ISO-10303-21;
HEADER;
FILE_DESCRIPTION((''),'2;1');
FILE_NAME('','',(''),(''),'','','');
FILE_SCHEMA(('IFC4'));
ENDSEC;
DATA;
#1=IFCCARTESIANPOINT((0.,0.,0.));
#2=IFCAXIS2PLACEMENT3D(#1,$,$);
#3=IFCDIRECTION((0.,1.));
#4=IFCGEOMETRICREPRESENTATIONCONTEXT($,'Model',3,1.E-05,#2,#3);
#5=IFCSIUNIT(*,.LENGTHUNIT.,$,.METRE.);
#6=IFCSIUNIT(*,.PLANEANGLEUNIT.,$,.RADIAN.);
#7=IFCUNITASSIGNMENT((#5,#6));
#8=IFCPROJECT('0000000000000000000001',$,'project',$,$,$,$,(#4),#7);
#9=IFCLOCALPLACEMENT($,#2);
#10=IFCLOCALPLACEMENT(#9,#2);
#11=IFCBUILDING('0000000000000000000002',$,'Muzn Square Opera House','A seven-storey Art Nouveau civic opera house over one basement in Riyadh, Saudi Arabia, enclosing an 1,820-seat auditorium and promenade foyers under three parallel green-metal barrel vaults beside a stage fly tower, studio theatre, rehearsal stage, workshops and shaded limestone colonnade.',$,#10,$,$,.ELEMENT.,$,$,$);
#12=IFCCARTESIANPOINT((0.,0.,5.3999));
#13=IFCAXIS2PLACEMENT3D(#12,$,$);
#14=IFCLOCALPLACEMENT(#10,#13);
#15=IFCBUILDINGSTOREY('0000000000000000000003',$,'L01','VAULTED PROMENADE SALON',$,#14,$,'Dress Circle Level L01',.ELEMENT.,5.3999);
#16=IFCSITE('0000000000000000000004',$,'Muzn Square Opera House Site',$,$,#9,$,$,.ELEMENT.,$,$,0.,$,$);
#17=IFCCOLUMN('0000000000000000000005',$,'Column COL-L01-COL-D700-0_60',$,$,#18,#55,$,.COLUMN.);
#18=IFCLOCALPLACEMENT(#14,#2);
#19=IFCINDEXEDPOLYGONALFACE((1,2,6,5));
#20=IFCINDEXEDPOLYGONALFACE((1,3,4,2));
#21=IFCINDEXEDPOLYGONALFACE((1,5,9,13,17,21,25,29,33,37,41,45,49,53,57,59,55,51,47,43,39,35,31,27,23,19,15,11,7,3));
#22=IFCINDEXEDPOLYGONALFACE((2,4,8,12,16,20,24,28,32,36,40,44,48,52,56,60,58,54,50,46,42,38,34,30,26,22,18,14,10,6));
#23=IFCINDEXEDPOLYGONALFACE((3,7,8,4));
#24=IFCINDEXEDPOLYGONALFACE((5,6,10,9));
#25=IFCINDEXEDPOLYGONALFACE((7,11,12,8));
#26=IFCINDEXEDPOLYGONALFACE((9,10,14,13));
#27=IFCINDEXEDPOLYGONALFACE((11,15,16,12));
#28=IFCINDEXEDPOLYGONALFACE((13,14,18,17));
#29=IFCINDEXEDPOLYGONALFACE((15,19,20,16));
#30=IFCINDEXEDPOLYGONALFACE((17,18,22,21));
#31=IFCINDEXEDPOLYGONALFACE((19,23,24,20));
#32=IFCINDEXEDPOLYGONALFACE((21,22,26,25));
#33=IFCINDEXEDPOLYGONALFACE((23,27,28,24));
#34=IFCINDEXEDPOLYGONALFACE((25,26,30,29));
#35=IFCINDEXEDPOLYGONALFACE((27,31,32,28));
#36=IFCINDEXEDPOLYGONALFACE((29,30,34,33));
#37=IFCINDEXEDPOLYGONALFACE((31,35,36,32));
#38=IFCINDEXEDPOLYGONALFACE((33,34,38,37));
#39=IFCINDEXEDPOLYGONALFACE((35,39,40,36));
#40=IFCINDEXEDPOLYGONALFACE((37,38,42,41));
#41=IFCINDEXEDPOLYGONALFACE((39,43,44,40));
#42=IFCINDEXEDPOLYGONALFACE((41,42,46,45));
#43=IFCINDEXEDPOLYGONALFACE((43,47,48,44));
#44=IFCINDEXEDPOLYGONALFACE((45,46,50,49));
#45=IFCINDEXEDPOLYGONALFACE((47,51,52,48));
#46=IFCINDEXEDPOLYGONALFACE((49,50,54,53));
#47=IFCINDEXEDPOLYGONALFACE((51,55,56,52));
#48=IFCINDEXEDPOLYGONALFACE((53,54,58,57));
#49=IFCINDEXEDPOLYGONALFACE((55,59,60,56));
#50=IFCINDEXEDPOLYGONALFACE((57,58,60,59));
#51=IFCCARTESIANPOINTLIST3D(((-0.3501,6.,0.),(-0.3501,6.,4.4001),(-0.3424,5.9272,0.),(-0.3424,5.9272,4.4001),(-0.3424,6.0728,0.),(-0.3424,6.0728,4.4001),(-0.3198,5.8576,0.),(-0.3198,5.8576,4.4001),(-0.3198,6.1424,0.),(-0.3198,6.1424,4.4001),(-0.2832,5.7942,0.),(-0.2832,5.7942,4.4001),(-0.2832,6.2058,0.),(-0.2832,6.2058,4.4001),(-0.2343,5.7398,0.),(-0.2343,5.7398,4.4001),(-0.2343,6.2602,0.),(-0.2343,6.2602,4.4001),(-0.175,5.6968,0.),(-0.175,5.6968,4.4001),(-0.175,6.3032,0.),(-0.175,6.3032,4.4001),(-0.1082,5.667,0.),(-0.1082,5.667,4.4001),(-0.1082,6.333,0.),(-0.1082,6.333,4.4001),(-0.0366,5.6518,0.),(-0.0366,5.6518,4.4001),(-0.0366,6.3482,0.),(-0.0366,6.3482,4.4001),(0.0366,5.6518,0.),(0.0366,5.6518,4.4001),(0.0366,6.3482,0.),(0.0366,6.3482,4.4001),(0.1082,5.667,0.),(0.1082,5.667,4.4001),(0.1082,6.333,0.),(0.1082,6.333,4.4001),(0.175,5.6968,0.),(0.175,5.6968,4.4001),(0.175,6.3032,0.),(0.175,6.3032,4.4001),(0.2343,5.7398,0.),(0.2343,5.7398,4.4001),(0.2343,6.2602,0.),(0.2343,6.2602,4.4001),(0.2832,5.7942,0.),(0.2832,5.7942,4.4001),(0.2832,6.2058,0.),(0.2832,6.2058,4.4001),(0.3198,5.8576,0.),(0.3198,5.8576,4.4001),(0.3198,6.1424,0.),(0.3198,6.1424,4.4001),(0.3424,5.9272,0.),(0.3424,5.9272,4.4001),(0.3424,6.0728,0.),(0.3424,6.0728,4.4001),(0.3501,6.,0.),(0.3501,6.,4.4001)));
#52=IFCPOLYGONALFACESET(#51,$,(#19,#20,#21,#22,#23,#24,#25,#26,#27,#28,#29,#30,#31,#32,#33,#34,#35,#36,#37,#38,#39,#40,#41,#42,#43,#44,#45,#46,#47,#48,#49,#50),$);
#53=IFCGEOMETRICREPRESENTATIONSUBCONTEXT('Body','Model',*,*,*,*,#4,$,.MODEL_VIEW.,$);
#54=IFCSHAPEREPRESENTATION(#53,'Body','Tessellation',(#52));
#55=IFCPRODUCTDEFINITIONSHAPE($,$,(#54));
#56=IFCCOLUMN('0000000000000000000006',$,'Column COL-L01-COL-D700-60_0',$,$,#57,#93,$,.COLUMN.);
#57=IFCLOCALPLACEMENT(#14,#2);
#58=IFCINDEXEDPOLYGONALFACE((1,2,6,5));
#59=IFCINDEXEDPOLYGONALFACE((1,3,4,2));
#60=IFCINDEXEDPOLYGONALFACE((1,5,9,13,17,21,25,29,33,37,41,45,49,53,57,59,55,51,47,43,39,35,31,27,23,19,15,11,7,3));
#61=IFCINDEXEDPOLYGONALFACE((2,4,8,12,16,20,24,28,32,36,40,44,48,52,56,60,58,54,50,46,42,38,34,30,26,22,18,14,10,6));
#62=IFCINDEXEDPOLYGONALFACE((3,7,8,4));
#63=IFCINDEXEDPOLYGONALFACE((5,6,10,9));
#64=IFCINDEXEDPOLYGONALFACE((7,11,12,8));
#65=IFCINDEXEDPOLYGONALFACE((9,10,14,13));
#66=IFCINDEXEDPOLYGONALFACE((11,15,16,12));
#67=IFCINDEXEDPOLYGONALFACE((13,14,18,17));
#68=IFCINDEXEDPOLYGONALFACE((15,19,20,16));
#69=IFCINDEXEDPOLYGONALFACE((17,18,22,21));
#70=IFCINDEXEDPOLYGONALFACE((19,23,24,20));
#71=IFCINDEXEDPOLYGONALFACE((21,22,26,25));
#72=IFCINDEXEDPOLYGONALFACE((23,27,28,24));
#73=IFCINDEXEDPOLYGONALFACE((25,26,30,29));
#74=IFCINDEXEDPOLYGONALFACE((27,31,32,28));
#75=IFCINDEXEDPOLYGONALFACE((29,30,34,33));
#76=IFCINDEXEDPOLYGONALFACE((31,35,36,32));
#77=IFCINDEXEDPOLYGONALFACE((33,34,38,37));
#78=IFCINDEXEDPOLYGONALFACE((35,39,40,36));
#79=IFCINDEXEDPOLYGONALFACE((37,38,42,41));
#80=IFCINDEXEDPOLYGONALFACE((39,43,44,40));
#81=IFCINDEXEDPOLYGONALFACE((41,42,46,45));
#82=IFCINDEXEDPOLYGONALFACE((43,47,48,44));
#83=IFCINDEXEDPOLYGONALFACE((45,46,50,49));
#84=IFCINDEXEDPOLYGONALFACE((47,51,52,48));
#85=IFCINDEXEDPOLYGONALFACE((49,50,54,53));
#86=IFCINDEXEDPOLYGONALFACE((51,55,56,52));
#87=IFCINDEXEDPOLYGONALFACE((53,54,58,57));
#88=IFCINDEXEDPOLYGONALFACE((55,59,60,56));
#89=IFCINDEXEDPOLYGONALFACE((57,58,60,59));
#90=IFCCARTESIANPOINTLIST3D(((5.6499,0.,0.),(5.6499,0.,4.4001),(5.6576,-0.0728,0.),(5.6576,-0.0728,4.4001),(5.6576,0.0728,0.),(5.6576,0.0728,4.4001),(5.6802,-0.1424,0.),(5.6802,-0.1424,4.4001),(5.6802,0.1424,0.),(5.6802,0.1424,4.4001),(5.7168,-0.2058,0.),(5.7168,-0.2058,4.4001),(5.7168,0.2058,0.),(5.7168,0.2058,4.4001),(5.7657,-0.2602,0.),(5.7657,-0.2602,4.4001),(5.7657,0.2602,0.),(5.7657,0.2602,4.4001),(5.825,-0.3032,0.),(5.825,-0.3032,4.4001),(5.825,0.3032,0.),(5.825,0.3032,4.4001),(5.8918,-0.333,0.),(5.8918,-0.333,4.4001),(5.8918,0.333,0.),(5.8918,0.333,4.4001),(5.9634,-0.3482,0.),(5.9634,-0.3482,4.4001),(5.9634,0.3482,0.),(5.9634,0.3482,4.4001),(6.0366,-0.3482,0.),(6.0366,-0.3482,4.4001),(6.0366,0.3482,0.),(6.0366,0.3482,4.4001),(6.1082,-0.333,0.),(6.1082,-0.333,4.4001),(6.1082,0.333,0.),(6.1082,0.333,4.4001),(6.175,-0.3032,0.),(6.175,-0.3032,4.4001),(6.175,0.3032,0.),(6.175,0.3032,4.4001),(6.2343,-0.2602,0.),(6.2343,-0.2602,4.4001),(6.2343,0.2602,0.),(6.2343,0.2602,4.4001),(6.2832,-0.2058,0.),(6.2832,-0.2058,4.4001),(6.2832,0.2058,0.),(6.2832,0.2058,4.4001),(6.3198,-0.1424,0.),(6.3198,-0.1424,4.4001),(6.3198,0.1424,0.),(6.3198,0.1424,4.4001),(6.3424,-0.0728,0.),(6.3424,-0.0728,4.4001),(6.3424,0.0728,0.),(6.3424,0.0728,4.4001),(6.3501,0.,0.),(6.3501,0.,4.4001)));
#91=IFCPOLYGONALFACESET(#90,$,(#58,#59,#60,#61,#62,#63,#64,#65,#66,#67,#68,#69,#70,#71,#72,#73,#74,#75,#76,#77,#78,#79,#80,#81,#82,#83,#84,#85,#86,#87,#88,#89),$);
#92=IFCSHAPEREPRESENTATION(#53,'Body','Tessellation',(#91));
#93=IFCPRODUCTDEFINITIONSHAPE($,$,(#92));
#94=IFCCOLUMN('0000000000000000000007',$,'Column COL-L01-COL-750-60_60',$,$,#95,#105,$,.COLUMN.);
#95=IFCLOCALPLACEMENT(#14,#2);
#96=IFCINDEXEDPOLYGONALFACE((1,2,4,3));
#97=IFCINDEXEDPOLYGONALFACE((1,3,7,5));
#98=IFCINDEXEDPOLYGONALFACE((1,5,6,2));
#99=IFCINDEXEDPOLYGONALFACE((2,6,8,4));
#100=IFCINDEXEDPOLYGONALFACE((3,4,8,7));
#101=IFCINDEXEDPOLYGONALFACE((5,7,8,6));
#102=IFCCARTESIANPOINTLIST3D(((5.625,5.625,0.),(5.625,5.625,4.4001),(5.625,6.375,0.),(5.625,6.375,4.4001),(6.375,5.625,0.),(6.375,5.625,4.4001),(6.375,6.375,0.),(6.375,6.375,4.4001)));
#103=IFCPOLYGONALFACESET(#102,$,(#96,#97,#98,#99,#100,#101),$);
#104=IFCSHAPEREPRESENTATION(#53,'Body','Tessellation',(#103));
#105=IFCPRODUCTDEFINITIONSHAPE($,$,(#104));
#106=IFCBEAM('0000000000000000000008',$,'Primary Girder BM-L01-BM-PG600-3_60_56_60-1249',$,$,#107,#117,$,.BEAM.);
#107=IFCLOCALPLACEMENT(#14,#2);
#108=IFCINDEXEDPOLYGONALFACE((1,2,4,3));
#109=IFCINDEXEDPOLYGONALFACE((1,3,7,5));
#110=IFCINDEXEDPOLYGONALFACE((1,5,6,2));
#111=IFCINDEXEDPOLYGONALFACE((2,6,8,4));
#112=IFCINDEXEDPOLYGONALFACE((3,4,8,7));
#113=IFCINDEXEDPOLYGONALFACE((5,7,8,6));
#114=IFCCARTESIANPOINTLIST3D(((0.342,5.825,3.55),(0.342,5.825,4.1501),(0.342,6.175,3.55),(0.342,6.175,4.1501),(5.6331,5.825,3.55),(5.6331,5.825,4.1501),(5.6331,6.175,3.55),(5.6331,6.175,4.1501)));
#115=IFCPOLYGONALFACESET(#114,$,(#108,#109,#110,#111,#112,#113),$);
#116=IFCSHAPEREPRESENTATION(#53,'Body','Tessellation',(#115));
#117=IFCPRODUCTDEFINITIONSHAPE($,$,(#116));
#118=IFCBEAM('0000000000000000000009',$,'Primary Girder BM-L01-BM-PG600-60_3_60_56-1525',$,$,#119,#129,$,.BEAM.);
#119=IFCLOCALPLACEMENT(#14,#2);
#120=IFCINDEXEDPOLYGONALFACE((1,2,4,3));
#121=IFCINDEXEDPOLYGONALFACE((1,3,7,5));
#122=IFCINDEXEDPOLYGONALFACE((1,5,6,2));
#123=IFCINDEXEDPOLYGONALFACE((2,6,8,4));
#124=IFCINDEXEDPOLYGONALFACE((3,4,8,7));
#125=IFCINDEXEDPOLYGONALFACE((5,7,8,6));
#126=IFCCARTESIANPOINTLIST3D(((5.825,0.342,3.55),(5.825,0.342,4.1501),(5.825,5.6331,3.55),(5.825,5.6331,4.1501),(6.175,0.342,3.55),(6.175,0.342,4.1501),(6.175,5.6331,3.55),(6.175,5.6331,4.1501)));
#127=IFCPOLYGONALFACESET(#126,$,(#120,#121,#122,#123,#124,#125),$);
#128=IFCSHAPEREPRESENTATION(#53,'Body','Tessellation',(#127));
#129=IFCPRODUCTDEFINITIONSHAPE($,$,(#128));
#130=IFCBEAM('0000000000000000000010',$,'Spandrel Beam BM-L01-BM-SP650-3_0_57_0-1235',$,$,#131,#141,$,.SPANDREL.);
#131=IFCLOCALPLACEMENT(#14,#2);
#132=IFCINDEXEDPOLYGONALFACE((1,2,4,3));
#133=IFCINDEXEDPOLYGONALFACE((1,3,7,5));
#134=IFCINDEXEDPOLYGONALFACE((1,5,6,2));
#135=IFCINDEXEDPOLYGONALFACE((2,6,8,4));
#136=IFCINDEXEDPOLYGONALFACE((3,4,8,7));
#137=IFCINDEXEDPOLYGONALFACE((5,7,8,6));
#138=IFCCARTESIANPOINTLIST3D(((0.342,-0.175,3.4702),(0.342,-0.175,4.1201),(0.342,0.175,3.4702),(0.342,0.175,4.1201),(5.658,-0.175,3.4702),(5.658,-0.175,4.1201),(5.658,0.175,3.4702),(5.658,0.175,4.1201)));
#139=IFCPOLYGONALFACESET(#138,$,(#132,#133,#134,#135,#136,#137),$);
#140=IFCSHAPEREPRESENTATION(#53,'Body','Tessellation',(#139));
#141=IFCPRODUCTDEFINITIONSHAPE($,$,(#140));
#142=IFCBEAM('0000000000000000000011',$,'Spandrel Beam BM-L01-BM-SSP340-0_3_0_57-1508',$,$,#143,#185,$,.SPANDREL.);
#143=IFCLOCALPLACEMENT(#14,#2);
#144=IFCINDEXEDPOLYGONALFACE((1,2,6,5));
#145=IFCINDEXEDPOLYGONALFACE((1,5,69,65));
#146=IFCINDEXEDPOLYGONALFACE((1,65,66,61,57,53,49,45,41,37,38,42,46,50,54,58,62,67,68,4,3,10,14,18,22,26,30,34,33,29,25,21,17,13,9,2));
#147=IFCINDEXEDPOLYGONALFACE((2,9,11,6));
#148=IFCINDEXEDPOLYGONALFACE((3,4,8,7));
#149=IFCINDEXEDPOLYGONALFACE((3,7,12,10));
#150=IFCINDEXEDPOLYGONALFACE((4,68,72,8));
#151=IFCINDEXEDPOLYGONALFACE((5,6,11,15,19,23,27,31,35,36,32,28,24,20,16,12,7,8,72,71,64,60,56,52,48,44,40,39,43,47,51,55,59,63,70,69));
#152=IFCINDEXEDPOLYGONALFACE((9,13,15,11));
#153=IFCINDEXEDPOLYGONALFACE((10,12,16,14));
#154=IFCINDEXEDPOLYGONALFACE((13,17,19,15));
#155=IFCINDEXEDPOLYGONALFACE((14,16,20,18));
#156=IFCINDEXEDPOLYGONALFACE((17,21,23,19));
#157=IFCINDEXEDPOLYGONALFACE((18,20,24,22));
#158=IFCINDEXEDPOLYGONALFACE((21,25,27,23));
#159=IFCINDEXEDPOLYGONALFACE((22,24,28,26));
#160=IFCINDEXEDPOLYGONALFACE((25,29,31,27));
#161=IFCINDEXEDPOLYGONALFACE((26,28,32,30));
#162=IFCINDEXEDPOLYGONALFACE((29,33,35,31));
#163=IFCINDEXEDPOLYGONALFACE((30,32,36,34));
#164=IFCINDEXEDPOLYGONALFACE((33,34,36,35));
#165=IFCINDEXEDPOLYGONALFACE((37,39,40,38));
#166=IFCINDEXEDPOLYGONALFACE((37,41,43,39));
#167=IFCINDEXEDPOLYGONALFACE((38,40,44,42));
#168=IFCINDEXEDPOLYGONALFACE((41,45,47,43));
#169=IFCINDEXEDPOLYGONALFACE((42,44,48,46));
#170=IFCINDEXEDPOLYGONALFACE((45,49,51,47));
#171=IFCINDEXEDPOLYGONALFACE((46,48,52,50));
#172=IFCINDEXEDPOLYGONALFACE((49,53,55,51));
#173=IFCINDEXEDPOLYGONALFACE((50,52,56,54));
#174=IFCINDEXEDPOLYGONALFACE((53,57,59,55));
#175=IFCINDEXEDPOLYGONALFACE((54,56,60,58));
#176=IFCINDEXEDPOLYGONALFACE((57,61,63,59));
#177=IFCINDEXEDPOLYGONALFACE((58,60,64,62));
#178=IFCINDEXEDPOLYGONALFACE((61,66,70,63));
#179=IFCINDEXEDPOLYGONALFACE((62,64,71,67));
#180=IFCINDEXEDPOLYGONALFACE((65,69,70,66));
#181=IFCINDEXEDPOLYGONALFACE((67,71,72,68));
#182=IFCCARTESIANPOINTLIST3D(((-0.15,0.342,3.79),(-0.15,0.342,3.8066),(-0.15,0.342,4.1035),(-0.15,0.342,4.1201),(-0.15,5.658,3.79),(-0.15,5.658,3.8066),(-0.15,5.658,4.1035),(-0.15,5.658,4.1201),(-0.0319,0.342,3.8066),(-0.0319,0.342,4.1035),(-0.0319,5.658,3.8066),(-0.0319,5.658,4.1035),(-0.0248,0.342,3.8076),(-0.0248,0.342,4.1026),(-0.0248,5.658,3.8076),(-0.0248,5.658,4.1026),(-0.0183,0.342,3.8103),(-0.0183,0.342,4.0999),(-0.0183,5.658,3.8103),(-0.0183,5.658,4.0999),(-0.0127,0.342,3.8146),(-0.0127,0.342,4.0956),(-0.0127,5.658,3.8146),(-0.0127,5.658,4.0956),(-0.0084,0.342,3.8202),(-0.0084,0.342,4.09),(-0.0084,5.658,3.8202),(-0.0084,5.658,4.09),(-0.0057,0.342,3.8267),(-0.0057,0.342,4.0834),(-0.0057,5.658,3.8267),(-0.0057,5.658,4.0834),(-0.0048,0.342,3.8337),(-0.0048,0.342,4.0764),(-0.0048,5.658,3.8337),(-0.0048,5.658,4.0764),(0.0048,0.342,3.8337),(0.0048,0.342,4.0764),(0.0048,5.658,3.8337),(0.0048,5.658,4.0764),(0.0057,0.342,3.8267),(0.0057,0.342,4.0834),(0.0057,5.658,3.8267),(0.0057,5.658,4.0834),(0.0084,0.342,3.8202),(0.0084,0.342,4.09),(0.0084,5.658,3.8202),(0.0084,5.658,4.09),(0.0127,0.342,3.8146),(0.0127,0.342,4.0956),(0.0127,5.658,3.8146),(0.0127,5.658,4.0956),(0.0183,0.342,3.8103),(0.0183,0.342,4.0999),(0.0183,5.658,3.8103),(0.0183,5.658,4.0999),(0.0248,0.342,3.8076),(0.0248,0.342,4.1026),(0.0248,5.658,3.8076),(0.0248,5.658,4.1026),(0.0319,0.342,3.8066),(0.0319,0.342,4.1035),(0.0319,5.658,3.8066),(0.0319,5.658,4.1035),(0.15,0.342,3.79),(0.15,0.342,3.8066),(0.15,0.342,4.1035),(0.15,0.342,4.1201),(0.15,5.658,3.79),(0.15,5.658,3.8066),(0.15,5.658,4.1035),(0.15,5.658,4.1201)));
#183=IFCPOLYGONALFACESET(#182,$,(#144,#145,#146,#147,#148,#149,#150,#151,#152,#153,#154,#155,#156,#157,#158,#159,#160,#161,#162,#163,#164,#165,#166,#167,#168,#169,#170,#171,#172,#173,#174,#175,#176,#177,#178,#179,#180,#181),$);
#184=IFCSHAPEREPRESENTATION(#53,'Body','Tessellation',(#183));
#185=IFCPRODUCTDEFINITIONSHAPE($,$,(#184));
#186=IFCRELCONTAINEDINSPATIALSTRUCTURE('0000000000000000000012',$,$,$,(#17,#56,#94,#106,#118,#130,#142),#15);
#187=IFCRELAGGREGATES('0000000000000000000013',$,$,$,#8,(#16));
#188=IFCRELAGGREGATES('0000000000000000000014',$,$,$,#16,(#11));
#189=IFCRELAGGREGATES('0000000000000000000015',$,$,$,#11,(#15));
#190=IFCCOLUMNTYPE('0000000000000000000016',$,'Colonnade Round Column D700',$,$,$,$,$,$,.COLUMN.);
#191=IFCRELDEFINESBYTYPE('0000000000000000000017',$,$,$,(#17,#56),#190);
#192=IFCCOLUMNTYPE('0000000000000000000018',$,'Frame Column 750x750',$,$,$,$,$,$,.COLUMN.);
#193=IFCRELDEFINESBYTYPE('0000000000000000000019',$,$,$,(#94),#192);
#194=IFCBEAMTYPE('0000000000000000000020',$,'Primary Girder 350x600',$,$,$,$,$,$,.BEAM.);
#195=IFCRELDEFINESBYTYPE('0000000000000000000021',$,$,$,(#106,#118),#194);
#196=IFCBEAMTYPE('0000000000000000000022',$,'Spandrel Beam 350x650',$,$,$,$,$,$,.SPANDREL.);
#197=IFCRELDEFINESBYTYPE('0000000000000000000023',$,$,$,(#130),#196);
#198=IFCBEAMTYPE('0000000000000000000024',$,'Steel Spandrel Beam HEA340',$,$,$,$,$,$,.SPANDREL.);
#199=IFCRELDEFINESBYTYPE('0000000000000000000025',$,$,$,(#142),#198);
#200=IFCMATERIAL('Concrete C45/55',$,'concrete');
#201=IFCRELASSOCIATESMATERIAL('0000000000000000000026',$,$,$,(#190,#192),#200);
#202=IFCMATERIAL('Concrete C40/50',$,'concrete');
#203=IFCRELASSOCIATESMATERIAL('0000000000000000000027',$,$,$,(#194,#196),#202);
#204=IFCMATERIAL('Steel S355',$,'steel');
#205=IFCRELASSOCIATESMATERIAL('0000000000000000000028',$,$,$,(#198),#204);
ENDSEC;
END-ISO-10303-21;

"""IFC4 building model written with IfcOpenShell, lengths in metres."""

from ifc_helpers import new_model, si_unit, direction, frame, origin, origin_2d, place, context, subcontext, project, spatial, rectangle, circle, i_section, extrude, material, material_profile, profile_set, type_object, element, save


model = new_model("IFC4")

# Units and contexts
model_context = context("Model", 3, precision=1e-05, world=origin(), true_north=direction((0.0, 1.0)))
body_context = subcontext(model_context, "Body", "Model", "MODEL_VIEW")
ifc_project = project(units=[si_unit("LENGTHUNIT", "METRE"), si_unit("PLANEANGLEUNIT", "RADIAN")], contexts=[model_context])

# Site, building, storey
site_placement = place(None, origin())
site = spatial("IfcSite", under=ifc_project, at=site_placement, Name="Muzn Square Opera House Site", CompositionType="ELEMENT", RefElevation=0.0)
building_placement = place(site_placement, origin())
building = spatial("IfcBuilding", under=site, at=building_placement, Name="Muzn Square Opera House", Description="A seven-storey Art Nouveau civic opera house over one basement in Riyadh, Saudi Arabia, enclosing an 1,820-seat auditorium and promenade foyers under three parallel green-metal barrel vaults beside a stage fly tower, studio theatre, rehearsal stage, workshops and shaded limestone colonnade.", CompositionType="ELEMENT")
storey_placement = place(building_placement, frame((0.0, 0.0, 5.3999)))
storey = spatial("IfcBuildingStorey", under=building, at=storey_placement, Name="L01", Description="VAULTED PROMENADE SALON", LongName="Dress Circle Level L01", CompositionType="ELEMENT", Elevation=5.3999)

# Columns
ifc_material_1 = material(Name="Concrete C45/55", Category="concrete")
ifc_material_profile_1 = material_profile(ifc_material_1, circle(Radius=0.3501, at=origin_2d()), Name="RCC D700", Category="concrete")
ifc_profile_set_1 = profile_set([ifc_material_profile_1], Name="Concrete C45/55")
column_type_1 = type_object("IfcColumnType", Name="Colonnade Round Column D700", PredefinedType="COLUMN", material=ifc_profile_set_1)
for number, where, z_axis, x_axis, name in (
    (1, (0.0, 6.0, 0.0), (0.0, 0.0, 1.0), (1.0, 0.0, 0.0), "Column COL-L01-COL-D700-0_60"),
    (2, (6.0, 0.0, 0.0), (0.0, 0.0, 1.0), (1.0, 0.0, 0.0), "Column COL-L01-COL-D700-60_0"),
):
    element("IfcColumn", number, at=place(storey_placement, frame(where, z_axis=z_axis, x_axis=x_axis)), inside=storey, type_object=column_type_1, Name=name, PredefinedType="COLUMN", context=body_context, shape_type="SweptSolid", body=[
        extrude(circle(Radius=0.3501, at=origin_2d()), origin(), (0.0, 0.0, 1.0), 4.4001),
    ])
ifc_material_profile_2 = material_profile(ifc_material_1, rectangle(XDim=0.75, YDim=0.75, at=origin_2d()), Name="RC 750x750", Category="concrete")
ifc_profile_set_2 = profile_set([ifc_material_profile_2], Name="Concrete C45/55")
column_type_2 = type_object("IfcColumnType", Name="Frame Column 750x750", PredefinedType="COLUMN", material=ifc_profile_set_2)
column_placement = place(storey_placement, frame((6.0, 6.0, 0.0), z_axis=(0.0, 0.0, 1.0), x_axis=(1.0, 0.0, 0.0)))
element("IfcColumn", 3, at=column_placement, inside=storey, type_object=column_type_2, Name="Column COL-L01-COL-750-60_60", PredefinedType="COLUMN", context=body_context, shape_type="SweptSolid", body=[
    extrude(rectangle(XDim=0.75, YDim=0.75, at=origin_2d()), origin(), (0.0, 0.0, 1.0), 4.4001),
])

# Beams
ifc_material_2 = material(Name="Concrete C40/50", Category="concrete")
ifc_material_profile_3 = material_profile(ifc_material_2, rectangle(XDim=0.3501, YDim=0.6001, at=origin_2d()), Name="RCB 350x600", Category="concrete")
ifc_profile_set_3 = profile_set([ifc_material_profile_3], Name="Concrete C40/50")
beam_type_1 = type_object("IfcBeamType", Name="Primary Girder 350x600", PredefinedType="BEAM", material=ifc_profile_set_3)
for number, where, z_axis, x_axis, name in (
    (4, (0.342, 6.0, 3.8501), (1.0, 0.0, 0.0), (0.0, 1.0, 0.0), "Primary Girder BM-L01-BM-PG600-3_60_56_60-1249"),
    (5, (6.0, 0.342, 3.8501), (0.0, 1.0, 0.0), (-1.0, 0.0, 0.0), "Primary Girder BM-L01-BM-PG600-60_3_60_56-1525"),
):
    element("IfcBeam", number, at=place(storey_placement, frame(where, z_axis=z_axis, x_axis=x_axis)), inside=storey, type_object=beam_type_1, Name=name, PredefinedType="BEAM", context=body_context, shape_type="SweptSolid", body=[
        extrude(rectangle(XDim=0.3501, YDim=0.6001, at=origin_2d()), origin(), (0.0, 0.0, 1.0), 5.291),
    ])
ifc_material_profile_4 = material_profile(ifc_material_2, rectangle(XDim=0.3501, YDim=0.6499, at=origin_2d()), Name="RCS 350x650", Category="concrete")
ifc_profile_set_4 = profile_set([ifc_material_profile_4], Name="Concrete C40/50")
beam_type_2 = type_object("IfcBeamType", Name="Spandrel Beam 350x650", PredefinedType="SPANDREL", material=ifc_profile_set_4)
beam_1_placement = place(storey_placement, frame((0.342, 0.0, 3.7952), z_axis=(1.0, 0.0, 0.0), x_axis=(0.0, 1.0, 0.0)))
element("IfcBeam", 6, at=beam_1_placement, inside=storey, type_object=beam_type_2, Name="Spandrel Beam BM-L01-BM-SP650-3_0_57_0-1235", PredefinedType="SPANDREL", context=body_context, shape_type="SweptSolid", body=[
    extrude(rectangle(XDim=0.3501, YDim=0.6499, at=origin_2d()), origin(), (0.0, 0.0, 1.0), 5.3159),
])
ifc_material_3 = material(Name="Steel S355", Category="steel")
ifc_material_profile_5 = material_profile(ifc_material_3, i_section(OverallWidth=0.3, OverallDepth=0.3301, WebThickness=0.0095, FlangeThickness=0.0166, FilletRadius=0.0271, at=origin_2d()), Name="HEA 340", Category="steel")
ifc_profile_set_5 = profile_set([ifc_material_profile_5], Name="Steel S355")
beam_type_3 = type_object("IfcBeamType", Name="Steel Spandrel Beam HEA340", PredefinedType="SPANDREL", material=ifc_profile_set_5)
beam_2_placement = place(storey_placement, frame((0.0, 0.342, 3.9551), z_axis=(0.0, 1.0, 0.0), x_axis=(-1.0, 0.0, 0.0)))
element("IfcBeam", 7, at=beam_2_placement, inside=storey, type_object=beam_type_3, Name="Spandrel Beam BM-L01-BM-SSP340-0_3_0_57-1508", PredefinedType="SPANDREL", context=body_context, shape_type="SweptSolid", body=[
    extrude(i_section(OverallWidth=0.3, OverallDepth=0.3301, WebThickness=0.0095, FlangeThickness=0.0166, FilletRadius=0.0271, at=origin_2d()), origin(), (0.0, 0.0, 1.0), 5.3159),
])

save(model, "model.ifc")
